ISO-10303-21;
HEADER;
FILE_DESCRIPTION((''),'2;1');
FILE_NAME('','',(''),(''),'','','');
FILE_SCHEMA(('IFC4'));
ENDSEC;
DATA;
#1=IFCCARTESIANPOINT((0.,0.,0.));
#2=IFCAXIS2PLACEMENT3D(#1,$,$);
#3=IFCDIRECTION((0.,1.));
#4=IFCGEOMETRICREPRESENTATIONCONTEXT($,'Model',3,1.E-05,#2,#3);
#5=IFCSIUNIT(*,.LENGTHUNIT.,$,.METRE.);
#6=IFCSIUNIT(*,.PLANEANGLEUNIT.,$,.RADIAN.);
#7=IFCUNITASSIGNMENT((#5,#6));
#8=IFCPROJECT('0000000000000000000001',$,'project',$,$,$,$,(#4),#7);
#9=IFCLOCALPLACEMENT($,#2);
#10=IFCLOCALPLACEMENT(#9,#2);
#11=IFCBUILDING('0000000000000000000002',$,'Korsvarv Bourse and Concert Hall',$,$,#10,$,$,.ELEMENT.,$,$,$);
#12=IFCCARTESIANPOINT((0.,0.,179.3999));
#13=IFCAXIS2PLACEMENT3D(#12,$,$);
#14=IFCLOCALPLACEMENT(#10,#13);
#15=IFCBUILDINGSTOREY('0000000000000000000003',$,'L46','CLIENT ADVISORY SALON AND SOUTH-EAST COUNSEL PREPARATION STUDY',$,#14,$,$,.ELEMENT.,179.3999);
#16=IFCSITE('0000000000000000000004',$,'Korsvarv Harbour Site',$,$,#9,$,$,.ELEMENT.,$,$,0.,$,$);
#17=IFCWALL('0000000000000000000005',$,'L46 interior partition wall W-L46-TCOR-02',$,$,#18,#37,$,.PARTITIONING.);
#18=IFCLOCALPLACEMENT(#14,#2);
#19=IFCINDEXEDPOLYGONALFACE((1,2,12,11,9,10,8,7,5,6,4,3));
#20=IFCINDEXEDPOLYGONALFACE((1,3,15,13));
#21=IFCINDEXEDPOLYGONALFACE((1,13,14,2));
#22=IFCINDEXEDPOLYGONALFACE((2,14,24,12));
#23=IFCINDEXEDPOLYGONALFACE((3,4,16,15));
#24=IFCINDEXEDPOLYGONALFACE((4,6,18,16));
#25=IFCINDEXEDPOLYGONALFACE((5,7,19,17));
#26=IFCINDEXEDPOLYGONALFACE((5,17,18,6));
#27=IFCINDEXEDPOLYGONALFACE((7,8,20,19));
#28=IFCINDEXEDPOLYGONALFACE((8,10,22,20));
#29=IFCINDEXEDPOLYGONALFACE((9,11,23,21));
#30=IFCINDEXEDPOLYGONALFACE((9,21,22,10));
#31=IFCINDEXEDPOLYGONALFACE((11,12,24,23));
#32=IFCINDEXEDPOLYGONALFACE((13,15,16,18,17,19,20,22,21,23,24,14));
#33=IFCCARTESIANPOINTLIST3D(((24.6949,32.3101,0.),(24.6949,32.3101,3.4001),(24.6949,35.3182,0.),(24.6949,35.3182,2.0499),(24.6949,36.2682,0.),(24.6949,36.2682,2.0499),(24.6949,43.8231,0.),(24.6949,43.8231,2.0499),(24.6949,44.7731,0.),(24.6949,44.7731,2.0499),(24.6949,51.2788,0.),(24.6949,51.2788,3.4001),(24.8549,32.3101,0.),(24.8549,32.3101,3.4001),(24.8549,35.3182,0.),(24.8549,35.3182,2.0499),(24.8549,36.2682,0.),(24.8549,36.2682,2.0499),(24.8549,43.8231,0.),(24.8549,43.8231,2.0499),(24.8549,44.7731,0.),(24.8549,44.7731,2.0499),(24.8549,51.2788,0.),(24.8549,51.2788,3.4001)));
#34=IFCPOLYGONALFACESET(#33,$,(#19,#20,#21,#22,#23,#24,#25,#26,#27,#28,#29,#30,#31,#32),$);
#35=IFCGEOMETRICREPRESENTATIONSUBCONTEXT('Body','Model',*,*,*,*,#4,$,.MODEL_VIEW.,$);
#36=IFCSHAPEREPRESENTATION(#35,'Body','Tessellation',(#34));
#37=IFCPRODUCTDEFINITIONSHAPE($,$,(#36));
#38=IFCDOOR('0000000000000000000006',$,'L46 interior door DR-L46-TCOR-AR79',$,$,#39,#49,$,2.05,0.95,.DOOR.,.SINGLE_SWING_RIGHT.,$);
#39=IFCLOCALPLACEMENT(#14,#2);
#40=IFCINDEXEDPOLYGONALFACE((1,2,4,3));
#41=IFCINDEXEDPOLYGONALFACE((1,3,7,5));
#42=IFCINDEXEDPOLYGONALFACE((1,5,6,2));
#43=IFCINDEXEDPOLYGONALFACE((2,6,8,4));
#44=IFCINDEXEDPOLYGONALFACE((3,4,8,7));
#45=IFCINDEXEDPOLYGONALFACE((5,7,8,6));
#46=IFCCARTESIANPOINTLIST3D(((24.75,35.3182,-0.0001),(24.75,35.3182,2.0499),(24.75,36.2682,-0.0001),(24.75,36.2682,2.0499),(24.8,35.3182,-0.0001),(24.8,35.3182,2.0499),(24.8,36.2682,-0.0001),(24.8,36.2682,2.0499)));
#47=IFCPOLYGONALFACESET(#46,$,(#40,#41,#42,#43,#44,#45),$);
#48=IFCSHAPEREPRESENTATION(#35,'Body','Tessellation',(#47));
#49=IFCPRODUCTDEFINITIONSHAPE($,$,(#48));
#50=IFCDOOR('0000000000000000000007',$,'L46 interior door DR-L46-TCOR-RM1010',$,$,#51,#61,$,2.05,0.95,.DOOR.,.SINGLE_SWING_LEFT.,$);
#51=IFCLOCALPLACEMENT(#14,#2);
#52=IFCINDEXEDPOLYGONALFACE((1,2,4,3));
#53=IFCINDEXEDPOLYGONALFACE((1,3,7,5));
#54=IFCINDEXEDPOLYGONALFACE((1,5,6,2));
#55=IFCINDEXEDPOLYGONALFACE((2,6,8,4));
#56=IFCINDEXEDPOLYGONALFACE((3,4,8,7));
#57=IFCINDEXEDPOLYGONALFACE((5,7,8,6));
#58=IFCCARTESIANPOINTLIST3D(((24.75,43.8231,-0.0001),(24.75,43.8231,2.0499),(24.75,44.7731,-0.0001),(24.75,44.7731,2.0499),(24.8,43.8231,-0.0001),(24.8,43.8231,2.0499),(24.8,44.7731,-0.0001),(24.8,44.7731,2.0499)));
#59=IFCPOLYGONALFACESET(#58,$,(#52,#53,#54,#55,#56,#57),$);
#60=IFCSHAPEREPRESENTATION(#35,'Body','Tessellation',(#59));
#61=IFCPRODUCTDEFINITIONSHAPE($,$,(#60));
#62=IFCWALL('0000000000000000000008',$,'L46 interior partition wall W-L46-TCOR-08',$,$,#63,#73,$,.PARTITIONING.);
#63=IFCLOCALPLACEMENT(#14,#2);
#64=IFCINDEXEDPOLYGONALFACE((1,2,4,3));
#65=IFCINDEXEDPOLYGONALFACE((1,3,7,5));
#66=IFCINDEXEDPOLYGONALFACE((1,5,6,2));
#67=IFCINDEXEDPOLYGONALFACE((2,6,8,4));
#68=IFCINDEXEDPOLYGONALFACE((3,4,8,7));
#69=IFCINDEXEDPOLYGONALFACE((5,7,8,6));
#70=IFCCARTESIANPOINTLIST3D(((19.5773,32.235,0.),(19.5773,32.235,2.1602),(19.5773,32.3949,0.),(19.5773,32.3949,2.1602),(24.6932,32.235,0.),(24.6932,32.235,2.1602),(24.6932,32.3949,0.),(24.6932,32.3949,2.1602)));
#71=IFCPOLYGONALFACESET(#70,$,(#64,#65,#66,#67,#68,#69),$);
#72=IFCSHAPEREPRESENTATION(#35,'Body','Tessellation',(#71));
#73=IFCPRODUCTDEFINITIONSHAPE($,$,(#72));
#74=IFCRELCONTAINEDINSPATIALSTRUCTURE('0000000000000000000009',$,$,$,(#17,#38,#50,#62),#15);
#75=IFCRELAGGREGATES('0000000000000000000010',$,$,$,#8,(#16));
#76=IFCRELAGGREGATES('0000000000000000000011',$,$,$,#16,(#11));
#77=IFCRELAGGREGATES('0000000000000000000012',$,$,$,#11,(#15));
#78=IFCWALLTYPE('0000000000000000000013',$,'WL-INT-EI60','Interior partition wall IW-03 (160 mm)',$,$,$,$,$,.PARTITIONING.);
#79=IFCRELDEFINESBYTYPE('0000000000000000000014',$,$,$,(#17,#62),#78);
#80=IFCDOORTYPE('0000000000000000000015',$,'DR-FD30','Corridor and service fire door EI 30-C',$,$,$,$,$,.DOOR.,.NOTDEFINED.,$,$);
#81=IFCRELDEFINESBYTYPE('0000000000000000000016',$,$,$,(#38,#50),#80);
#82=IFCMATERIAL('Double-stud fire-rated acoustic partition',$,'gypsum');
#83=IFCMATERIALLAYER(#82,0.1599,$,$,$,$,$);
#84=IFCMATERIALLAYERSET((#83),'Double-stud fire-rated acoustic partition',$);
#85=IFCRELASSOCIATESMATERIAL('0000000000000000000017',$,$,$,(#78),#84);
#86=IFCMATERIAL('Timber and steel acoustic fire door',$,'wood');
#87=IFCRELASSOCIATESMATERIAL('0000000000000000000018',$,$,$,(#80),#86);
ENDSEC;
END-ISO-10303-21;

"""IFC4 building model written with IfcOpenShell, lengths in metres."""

from ifc_helpers import new_model, si_unit, direction, frame, frame_2d, origin, place, context, subcontext, project, spatial, rectangle, extrude, material, layer, layer_set, type_object, element, fill, save


model = new_model("IFC4")

# Units and contexts
model_context = context("Model", 3, precision=1e-05, world=origin(), true_north=direction((0.0, 1.0)))
body_context = subcontext(model_context, "Body", "Model", "MODEL_VIEW")
ifc_project = project(units=[si_unit("LENGTHUNIT", "METRE"), si_unit("PLANEANGLEUNIT", "RADIAN")], contexts=[model_context])

# Site, building, storey
site_placement = place(None, origin())
site = spatial("IfcSite", under=ifc_project, at=site_placement, Name="Korsvarv Harbour Site", CompositionType="ELEMENT", RefElevation=0.0)
building_placement = place(site_placement, origin())
building = spatial("IfcBuilding", under=site, at=building_placement, Name="Korsvarv Bourse and Concert Hall", CompositionType="ELEMENT")
storey_placement = place(building_placement, frame((0.0, 0.0, 179.3999)))
storey = spatial("IfcBuildingStorey", under=building, at=storey_placement, Name="L46", Description="CLIENT ADVISORY SALON AND SOUTH-EAST COUNSEL PREPARATION STUDY", CompositionType="ELEMENT", Elevation=179.3999)

# Shared definitions
ifc_material_1 = material(Name="Double-stud fire-rated acoustic partition", Category="gypsum")
ifc_layer_1 = layer(ifc_material_1, 0.1599)
ifc_layer_set_1 = layer_set([ifc_layer_1], Name="Double-stud fire-rated acoustic partition")
wall_type_1 = type_object("IfcWallType", Name="WL-INT-EI60", Description="Interior partition wall IW-03 (160 mm)", PredefinedType="PARTITIONING", material=ifc_layer_set_1)

# Wall, openings, doors
wall_1_placement = place(storey_placement, frame((24.7749, 32.3101, 0.0), z_axis=(0.0, 0.0, 1.0), x_axis=(0.0, 1.0, 0.0)))
wall_1 = element("IfcWall", 1, at=wall_1_placement, inside=storey, type_object=wall_type_1, Name="L46 interior partition wall W-L46-TCOR-02", PredefinedType="PARTITIONING", context=body_context, shape_type="SweptSolid", body=[
    extrude(rectangle(XDim=18.9688, YDim=0.1599, at=frame_2d((9.4844, 0.0))), origin(), (0.0, 0.0, 1.0), 3.4001),
])
opening_1_placement = place(wall_1_placement, frame((3.0081, 0.0, 0.0)))
opening_1 = element("IfcOpeningElement", 2, at=opening_1_placement, cuts=wall_1, PredefinedType="OPENING", context=body_context, shape_type="SweptSolid", body=[
    extrude(rectangle(XDim=0.95, YDim=2.05, at=frame_2d((0.4751, 1.0249))), frame((0.0, 0.0898, 0.0), z_axis=(0.0, -1.0, 0.0), x_axis=(1.0, 0.0, 0.0)), (0.0, 0.0, 1.0), 0.1799),
])
opening_2_placement = place(wall_1_placement, frame((11.5129, 0.0, 0.0)))
opening_2 = element("IfcOpeningElement", 3, at=opening_2_placement, cuts=wall_1, PredefinedType="OPENING", context=body_context, shape_type="SweptSolid", body=[
    extrude(rectangle(XDim=0.95, YDim=2.05, at=frame_2d((0.4751, 1.0249))), frame((0.0, 0.0898, 0.0), z_axis=(0.0, -1.0, 0.0), x_axis=(1.0, 0.0, 0.0)), (0.0, 0.0, 1.0), 0.1799),
])
ifc_material_2 = material(Name="Timber and steel acoustic fire door", Category="wood")
door_type_1 = type_object("IfcDoorType", Name="DR-FD30", Description="Corridor and service fire door EI 30-C", OperationType="NOTDEFINED", PredefinedType="DOOR", material=ifc_material_2)
door_1_placement = place(opening_1_placement, origin())
door_1 = element("IfcDoor", 4, at=door_1_placement, inside=storey, type_object=door_type_1, Name="L46 interior door DR-L46-TCOR-AR79", OperationType="SINGLE_SWING_RIGHT", OverallHeight=2.05, OverallWidth=0.95, PredefinedType="DOOR", context=body_context, shape_type="SweptSolid", body=[
    extrude(rectangle(XDim=0.95, YDim=2.05, at=frame_2d((0.4751, 1.0249))), frame((0.0, 0.0249, 0.0), z_axis=(0.0, -1.0, 0.0), x_axis=(1.0, 0.0, 0.0)), (0.0, 0.0, 1.0), 0.05),
])
fill(opening_1, door_1)
door_2_placement = place(opening_2_placement, origin())
door_2 = element("IfcDoor", 5, at=door_2_placement, inside=storey, type_object=door_type_1, Name="L46 interior door DR-L46-TCOR-RM1010", OperationType="SINGLE_SWING_LEFT", OverallHeight=2.05, OverallWidth=0.95, PredefinedType="DOOR", context=body_context, shape_type="SweptSolid", body=[
    extrude(rectangle(XDim=0.95, YDim=2.05, at=frame_2d((0.4751, 1.0249))), frame((0.0, 0.0249, 0.0), z_axis=(0.0, -1.0, 0.0), x_axis=(1.0, 0.0, 0.0)), (0.0, 0.0, 1.0), 0.05),
])
fill(opening_2, door_2)

# Wall
wall_2_placement = place(storey_placement, frame((19.5771, 32.3149, 0.0), z_axis=(0.0, 0.0, 1.0), x_axis=(1.0, 0.0, 0.0)))
element("IfcWall", 6, at=wall_2_placement, inside=storey, type_object=wall_type_1, Name="L46 interior partition wall W-L46-TCOR-08", PredefinedType="PARTITIONING", context=body_context, shape_type="SweptSolid", body=[
    extrude(rectangle(XDim=5.116, YDim=0.1599, at=frame_2d((2.5581, 0.0))), origin(), (0.0, 0.0, 1.0), 2.1602),
])

save(model, "model.ifc")
